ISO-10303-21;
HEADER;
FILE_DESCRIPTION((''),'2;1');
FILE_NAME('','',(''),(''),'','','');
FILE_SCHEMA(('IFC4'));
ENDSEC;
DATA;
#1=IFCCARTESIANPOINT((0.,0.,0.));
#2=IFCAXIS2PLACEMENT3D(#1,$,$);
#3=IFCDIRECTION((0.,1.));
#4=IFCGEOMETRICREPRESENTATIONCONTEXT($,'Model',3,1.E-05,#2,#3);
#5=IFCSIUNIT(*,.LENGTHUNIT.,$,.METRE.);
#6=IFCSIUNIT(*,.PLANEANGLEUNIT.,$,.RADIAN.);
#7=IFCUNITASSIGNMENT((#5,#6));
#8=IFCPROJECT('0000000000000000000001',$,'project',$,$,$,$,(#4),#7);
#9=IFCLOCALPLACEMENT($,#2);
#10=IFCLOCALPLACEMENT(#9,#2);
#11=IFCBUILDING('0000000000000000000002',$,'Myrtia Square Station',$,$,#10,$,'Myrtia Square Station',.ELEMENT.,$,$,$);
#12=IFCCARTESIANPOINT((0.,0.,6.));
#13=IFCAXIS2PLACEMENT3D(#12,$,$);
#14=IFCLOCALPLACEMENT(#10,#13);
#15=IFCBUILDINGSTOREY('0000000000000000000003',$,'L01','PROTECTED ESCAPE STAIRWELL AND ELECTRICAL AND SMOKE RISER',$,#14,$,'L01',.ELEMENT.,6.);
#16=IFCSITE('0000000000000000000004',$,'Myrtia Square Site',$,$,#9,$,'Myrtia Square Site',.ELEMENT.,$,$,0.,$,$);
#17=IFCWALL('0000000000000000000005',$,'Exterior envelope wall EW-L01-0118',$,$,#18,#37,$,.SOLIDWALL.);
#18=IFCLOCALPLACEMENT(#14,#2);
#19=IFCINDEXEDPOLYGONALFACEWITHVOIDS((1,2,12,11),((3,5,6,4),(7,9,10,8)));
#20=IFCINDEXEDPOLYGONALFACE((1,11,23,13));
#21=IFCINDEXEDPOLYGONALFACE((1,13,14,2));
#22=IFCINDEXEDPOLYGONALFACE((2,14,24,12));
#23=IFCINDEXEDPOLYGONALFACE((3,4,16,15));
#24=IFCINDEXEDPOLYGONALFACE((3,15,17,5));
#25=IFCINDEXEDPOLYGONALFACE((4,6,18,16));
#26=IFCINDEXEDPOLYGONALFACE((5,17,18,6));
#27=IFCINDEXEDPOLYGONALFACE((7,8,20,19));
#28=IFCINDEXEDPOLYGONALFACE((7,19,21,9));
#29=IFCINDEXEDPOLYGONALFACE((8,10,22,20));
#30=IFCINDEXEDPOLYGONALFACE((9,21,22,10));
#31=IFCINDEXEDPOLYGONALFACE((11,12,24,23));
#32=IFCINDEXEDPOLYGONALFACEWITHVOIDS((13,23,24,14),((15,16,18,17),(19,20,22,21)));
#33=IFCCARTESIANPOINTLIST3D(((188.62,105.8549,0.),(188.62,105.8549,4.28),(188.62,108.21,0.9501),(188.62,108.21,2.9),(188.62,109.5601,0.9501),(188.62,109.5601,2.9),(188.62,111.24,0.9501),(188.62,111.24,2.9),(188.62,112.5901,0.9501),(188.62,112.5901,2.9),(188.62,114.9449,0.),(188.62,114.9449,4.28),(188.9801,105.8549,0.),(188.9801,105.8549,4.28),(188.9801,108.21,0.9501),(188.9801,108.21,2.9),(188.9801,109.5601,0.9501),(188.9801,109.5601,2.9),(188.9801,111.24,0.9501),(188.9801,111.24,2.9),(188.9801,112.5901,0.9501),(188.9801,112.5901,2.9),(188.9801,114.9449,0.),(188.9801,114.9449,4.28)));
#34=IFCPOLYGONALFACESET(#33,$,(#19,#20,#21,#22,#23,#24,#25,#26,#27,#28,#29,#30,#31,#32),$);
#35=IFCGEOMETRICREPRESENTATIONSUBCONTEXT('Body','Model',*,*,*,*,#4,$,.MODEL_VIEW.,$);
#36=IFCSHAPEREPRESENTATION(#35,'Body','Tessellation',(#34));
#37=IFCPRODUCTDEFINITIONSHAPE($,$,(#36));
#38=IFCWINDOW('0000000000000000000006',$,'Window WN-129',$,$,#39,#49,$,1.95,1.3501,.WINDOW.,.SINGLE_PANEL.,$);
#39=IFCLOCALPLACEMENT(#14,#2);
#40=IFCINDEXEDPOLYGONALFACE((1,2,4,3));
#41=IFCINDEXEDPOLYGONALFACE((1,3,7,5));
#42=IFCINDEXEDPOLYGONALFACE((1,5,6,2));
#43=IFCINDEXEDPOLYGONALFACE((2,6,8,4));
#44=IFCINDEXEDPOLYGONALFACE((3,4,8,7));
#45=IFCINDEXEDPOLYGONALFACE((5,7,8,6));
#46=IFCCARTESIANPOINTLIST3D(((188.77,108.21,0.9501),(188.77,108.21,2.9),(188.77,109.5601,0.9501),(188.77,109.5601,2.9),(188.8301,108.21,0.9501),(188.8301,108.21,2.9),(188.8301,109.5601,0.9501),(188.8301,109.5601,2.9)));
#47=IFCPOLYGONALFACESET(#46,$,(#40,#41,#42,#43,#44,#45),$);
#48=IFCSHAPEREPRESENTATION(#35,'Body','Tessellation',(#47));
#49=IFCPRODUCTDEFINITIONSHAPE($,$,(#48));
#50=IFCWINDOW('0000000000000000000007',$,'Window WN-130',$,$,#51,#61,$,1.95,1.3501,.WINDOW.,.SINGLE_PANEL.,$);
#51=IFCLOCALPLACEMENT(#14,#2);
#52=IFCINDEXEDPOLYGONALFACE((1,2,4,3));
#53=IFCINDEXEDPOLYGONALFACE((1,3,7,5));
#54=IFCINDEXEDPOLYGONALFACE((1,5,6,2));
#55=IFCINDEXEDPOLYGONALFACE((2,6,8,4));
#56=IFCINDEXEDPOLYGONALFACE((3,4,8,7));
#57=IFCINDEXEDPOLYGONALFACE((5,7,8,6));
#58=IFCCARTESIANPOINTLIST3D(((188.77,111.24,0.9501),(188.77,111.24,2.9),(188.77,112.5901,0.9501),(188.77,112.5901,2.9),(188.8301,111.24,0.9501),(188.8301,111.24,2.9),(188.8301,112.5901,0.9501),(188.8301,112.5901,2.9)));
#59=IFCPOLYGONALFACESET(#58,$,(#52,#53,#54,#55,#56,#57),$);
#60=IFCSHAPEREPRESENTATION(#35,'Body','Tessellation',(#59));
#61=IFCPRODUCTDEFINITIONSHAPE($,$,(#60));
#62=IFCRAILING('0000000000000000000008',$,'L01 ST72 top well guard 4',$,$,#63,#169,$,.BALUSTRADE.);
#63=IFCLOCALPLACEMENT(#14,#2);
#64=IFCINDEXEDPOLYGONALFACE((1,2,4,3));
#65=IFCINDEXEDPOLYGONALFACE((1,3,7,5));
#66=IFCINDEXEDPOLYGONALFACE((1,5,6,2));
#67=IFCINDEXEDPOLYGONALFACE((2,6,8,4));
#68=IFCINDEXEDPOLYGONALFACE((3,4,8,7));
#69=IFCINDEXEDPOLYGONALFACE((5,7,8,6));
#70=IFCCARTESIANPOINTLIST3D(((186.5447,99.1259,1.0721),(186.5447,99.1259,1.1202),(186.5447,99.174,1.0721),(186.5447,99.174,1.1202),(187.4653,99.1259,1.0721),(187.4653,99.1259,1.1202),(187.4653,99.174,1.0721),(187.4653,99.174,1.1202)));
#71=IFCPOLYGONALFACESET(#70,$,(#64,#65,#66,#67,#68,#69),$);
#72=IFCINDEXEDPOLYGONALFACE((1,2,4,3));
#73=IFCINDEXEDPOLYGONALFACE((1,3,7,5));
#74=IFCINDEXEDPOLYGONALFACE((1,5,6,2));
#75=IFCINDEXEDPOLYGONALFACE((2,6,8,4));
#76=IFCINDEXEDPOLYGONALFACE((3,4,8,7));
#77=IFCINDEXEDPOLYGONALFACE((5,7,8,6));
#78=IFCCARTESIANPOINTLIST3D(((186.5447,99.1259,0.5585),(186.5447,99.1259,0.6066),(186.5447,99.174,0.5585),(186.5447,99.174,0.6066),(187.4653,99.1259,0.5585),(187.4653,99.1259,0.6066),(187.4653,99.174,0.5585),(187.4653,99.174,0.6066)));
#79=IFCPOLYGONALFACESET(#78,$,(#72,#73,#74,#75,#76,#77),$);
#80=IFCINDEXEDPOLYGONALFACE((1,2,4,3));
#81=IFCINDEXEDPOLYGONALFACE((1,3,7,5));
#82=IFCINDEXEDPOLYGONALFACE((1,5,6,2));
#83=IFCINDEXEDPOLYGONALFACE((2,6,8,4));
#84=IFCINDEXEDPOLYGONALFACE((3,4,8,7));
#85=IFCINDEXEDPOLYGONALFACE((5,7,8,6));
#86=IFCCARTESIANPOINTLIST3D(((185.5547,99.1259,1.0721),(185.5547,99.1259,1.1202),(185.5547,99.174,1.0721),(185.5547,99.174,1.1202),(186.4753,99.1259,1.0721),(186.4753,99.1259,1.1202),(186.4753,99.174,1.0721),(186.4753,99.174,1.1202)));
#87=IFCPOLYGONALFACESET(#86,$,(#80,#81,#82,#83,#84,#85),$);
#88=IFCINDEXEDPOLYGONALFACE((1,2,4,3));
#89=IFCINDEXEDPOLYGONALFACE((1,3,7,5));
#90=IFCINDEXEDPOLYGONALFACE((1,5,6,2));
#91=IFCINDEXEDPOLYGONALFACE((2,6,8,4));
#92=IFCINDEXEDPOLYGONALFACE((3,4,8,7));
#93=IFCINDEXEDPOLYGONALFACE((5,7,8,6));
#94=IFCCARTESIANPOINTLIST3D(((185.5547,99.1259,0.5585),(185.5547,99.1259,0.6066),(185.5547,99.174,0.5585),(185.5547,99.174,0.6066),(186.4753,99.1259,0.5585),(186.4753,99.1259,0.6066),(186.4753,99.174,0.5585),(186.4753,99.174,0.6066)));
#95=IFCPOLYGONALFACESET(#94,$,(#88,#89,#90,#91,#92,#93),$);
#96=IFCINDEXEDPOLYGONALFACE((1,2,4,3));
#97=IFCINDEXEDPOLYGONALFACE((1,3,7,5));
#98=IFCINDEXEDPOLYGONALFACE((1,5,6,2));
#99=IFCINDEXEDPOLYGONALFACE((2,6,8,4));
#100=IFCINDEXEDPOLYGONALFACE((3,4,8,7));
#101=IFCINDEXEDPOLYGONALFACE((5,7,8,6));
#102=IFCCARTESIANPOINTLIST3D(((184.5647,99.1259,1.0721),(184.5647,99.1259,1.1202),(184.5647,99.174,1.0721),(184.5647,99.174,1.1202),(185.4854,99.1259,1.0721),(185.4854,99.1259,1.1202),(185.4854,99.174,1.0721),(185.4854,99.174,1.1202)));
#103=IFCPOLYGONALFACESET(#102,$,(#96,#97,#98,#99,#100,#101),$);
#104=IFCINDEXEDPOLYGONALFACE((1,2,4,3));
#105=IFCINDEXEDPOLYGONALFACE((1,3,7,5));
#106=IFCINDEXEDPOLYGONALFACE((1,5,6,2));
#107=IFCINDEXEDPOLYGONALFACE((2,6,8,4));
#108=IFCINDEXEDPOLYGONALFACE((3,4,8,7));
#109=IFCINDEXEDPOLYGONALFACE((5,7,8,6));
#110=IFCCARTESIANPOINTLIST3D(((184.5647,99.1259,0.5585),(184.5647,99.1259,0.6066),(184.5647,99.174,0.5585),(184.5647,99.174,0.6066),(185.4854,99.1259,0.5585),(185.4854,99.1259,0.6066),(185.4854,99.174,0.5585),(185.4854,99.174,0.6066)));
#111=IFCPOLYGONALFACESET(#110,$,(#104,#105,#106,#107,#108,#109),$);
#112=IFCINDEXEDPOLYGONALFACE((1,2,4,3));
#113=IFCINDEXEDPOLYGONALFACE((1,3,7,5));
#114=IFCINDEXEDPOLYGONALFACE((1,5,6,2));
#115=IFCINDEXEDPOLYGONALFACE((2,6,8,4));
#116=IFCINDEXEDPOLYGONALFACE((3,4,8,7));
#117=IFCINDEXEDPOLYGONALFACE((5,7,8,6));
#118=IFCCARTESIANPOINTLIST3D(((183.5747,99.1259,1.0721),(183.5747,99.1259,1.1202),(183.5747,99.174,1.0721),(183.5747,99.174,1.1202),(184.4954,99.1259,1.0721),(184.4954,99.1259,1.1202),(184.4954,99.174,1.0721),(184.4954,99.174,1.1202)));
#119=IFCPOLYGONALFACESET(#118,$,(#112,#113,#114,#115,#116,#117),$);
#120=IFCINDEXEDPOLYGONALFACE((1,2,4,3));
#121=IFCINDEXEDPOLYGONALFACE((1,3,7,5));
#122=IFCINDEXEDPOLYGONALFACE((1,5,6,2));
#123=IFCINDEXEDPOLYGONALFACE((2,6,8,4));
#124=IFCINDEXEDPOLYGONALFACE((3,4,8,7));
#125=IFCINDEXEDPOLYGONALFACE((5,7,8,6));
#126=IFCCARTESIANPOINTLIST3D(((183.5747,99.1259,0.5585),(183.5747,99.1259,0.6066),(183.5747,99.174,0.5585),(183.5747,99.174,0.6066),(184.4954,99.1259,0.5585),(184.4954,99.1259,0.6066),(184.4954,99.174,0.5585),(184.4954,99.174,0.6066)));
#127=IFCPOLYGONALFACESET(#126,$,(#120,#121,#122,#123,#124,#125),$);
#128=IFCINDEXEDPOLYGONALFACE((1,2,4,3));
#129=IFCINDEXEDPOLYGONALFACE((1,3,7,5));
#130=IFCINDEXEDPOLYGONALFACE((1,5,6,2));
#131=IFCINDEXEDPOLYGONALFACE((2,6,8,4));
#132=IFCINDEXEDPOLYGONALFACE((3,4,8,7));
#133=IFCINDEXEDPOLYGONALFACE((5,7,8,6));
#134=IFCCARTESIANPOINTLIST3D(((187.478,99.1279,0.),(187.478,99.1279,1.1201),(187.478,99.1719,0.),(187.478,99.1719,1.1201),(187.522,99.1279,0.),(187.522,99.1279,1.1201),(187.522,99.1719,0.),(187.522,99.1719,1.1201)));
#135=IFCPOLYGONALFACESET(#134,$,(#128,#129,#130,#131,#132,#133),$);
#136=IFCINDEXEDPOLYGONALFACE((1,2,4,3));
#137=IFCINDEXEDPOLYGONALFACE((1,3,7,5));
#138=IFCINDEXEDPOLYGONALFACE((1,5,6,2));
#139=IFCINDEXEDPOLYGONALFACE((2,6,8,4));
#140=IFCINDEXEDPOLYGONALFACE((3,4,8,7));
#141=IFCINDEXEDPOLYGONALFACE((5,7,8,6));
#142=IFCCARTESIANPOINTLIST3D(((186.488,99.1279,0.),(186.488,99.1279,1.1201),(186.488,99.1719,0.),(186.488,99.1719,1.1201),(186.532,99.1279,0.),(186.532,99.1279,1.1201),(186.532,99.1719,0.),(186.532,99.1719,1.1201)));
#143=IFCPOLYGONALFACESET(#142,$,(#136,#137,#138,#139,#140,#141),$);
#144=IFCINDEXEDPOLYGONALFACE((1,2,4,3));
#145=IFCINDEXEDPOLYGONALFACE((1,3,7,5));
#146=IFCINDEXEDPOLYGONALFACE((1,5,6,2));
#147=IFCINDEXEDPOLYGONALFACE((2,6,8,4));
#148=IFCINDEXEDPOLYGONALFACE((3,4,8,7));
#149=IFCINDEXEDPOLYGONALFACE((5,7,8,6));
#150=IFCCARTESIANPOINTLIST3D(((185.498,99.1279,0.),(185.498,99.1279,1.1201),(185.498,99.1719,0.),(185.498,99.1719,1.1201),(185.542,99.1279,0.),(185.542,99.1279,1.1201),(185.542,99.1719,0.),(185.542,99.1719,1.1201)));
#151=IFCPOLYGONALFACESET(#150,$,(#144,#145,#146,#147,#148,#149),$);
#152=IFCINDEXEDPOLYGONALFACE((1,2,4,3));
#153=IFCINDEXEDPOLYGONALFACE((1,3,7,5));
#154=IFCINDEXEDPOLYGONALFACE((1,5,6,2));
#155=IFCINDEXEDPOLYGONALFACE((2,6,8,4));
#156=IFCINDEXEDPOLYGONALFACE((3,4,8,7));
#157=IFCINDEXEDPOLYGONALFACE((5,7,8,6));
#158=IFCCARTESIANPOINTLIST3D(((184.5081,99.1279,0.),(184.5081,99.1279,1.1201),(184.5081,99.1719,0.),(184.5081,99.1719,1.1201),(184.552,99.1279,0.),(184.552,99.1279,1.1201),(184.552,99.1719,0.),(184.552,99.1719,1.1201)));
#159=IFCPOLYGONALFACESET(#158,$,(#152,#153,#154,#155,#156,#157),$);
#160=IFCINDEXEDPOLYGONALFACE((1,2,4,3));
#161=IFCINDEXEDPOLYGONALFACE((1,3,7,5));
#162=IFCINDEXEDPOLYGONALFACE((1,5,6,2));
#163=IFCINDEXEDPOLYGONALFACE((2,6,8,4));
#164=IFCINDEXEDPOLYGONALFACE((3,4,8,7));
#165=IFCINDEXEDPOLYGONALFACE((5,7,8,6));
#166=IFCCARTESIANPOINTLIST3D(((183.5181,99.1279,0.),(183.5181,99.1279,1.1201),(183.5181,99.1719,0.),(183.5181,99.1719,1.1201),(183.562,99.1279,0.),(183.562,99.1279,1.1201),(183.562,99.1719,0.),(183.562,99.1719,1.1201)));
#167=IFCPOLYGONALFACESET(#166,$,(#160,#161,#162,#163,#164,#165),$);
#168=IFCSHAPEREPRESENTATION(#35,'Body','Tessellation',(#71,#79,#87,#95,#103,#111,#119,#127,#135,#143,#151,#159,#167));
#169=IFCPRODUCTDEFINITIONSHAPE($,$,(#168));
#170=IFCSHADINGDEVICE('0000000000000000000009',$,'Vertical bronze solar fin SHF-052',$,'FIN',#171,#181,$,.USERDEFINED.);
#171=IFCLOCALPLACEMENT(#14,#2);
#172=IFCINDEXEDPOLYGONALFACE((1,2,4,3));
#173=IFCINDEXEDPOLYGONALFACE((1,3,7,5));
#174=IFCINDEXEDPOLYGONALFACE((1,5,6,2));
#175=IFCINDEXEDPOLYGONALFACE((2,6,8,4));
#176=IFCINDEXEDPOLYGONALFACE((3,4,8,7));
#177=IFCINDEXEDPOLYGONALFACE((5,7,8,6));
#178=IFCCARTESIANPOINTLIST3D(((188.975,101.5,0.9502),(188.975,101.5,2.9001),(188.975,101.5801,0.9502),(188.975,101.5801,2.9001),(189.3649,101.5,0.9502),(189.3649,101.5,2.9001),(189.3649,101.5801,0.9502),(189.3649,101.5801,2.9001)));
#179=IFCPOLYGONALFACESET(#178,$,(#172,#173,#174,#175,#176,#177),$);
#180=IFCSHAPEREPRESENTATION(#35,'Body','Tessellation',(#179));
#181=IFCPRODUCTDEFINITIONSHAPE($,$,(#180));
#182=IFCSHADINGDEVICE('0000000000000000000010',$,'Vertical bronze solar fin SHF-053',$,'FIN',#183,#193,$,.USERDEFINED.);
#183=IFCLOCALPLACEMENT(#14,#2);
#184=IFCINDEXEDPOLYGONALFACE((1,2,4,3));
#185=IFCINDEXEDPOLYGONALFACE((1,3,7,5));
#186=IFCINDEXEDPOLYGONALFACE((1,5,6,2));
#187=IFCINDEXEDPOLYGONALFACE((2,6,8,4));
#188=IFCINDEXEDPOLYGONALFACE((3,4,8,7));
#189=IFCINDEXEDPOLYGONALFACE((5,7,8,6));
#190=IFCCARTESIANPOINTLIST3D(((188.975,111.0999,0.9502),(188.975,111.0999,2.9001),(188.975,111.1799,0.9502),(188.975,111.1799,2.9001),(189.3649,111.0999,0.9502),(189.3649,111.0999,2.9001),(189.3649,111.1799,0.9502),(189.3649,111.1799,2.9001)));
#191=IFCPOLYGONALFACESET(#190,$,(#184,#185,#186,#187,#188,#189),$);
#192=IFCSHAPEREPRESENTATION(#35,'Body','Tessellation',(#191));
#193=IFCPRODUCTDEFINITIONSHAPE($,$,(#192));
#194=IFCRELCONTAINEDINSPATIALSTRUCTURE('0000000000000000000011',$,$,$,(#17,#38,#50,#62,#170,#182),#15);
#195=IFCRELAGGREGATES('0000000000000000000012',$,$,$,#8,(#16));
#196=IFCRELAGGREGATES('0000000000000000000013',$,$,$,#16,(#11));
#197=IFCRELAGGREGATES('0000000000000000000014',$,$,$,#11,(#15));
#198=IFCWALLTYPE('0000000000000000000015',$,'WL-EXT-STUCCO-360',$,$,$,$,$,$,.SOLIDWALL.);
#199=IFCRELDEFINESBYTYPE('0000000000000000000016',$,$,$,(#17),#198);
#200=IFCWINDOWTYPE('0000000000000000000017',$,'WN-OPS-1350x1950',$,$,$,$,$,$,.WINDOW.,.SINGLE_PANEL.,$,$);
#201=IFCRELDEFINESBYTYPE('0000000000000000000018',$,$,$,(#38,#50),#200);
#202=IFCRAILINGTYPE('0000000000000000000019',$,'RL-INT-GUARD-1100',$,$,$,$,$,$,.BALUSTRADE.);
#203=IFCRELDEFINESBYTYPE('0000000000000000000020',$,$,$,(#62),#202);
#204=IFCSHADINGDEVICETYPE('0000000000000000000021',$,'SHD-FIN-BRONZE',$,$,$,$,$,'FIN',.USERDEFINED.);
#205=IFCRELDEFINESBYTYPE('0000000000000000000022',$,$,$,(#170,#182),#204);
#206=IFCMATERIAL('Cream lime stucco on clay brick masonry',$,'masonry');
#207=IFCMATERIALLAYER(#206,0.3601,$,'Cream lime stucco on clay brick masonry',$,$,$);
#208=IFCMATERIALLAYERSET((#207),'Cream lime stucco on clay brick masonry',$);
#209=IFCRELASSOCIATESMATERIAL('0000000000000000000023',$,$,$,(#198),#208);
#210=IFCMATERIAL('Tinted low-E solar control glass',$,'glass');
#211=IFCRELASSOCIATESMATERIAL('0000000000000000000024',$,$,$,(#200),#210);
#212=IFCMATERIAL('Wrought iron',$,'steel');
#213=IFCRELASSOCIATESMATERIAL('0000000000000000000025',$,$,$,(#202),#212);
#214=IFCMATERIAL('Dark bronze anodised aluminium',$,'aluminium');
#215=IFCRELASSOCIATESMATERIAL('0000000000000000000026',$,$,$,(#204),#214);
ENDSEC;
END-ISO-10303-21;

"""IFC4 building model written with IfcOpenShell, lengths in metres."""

from ifc_helpers import new_model, si_unit, direction, frame, frame_2d, origin, origin_2d, place, context, subcontext, project, spatial, rectangle, extrude, material, layer, layer_set, type_object, element, fill, save


model = new_model("IFC4")

# Units and contexts
model_context = context("Model", 3, precision=1e-05, world=origin(), true_north=direction((0.0, 1.0)))
body_context = subcontext(model_context, "Body", "Model", "MODEL_VIEW")
ifc_project = project(units=[si_unit("LENGTHUNIT", "METRE"), si_unit("PLANEANGLEUNIT", "RADIAN")], contexts=[model_context])

# Site, building, storey
site_placement = place(None, origin())
site = spatial("IfcSite", under=ifc_project, at=site_placement, Name="Myrtia Square Site", LongName="Myrtia Square Site", CompositionType="ELEMENT", RefElevation=0.0)
building_placement = place(site_placement, origin())
building = spatial("IfcBuilding", under=site, at=building_placement, Name="Myrtia Square Station", LongName="Myrtia Square Station", CompositionType="ELEMENT")
storey_placement = place(building_placement, frame((0.0, 0.0, 6.0)))
storey = spatial("IfcBuildingStorey", under=building, at=storey_placement, Name="L01", Description="PROTECTED ESCAPE STAIRWELL AND ELECTRICAL AND SMOKE RISER", LongName="L01", CompositionType="ELEMENT", Elevation=6.0)

# Wall, openings, windows
ifc_material_1 = material(Name="Cream lime stucco on clay brick masonry", Category="masonry")
ifc_layer_1 = layer(ifc_material_1, 0.3601, Name="Cream lime stucco on clay brick masonry")
ifc_layer_set_1 = layer_set([ifc_layer_1], Name="Cream lime stucco on clay brick masonry")
wall_type = type_object("IfcWallType", Name="WL-EXT-STUCCO-360", PredefinedType="SOLIDWALL", material=ifc_layer_set_1)
ifc_material_2 = material(Name="Tinted low-E solar control glass", Category="glass")
window_type = type_object("IfcWindowType", Name="WN-OPS-1350x1950", PartitioningType="SINGLE_PANEL", PredefinedType="WINDOW", material=ifc_material_2)
wall_1_placement = place(storey_placement, frame((188.8, 105.855, 0.0), z_axis=(0.0, 0.0, 1.0), x_axis=(0.0, 1.0, 0.0)))
wall_1 = element("IfcWall", 1, at=wall_1_placement, inside=storey, type_object=wall_type, Name="Exterior envelope wall EW-L01-0118", PredefinedType="SOLIDWALL", context=body_context, shape_type="SweptSolid", body=[
    extrude(rectangle(XDim=9.0901, YDim=0.3601, at=frame_2d((4.5449, 0.0))), origin(), (0.0, 0.0, 1.0), 4.28),
])
opening_1_placement = place(wall_1_placement, frame((2.355, 0.0, 0.95)))
opening_1 = element("IfcOpeningElement", 2, at=opening_1_placement, cuts=wall_1, PredefinedType="OPENING", context=body_context, shape_type="SweptSolid", body=[
    extrude(rectangle(XDim=1.3501, YDim=1.95, at=frame_2d((0.675, 0.9751))), frame((0.0, 0.1951, 0.0), z_axis=(0.0, -1.0, 0.0), x_axis=(1.0, 0.0, 0.0)), (0.0, 0.0, 1.0), 0.3901),
])
opening_2_placement = place(wall_1_placement, frame((5.385, 0.0, 0.95)))
opening_2 = element("IfcOpeningElement", 3, at=opening_2_placement, cuts=wall_1, PredefinedType="OPENING", context=body_context, shape_type="SweptSolid", body=[
    extrude(rectangle(XDim=1.3501, YDim=1.95, at=frame_2d((0.675, 0.9751))), frame((0.0, 0.1951, 0.0), z_axis=(0.0, -1.0, 0.0), x_axis=(1.0, 0.0, 0.0)), (0.0, 0.0, 1.0), 0.3901),
])
window_1_placement = place(opening_1_placement, origin())
window_1 = element("IfcWindow", 4, at=window_1_placement, inside=storey, type_object=window_type, Name="Window WN-129", OverallHeight=1.95, OverallWidth=1.3501, PartitioningType="SINGLE_PANEL", PredefinedType="WINDOW", context=body_context, shape_type="SweptSolid", body=[
    extrude(rectangle(XDim=1.3501, YDim=1.95, at=frame_2d((0.675, 0.9751))), frame((0.0, 0.03, 0.0), z_axis=(0.0, -1.0, 0.0), x_axis=(1.0, 0.0, 0.0)), (0.0, 0.0, 1.0), 0.0601),
])
fill(opening_1, window_1)
window_2_placement = place(opening_2_placement, origin())
window_2 = element("IfcWindow", 5, at=window_2_placement, inside=storey, type_object=window_type, Name="Window WN-130", OverallHeight=1.95, OverallWidth=1.3501, PartitioningType="SINGLE_PANEL", PredefinedType="WINDOW", context=body_context, shape_type="SweptSolid", body=[
    extrude(rectangle(XDim=1.3501, YDim=1.95, at=frame_2d((0.675, 0.9751))), frame((0.0, 0.03, 0.0), z_axis=(0.0, -1.0, 0.0), x_axis=(1.0, 0.0, 0.0)), (0.0, 0.0, 1.0), 0.0601),
])
fill(opening_2, window_2)

# Railing
ifc_material_3 = material(Name="Wrought iron", Category="steel")
railing_type = type_object("IfcRailingType", Name="RL-INT-GUARD-1100", PredefinedType="BALUSTRADE", material=ifc_material_3)
railing_placement = place(storey_placement, frame((187.5, 99.1499, 0.0)))
element("IfcRailing", 6, at=railing_placement, inside=storey, type_object=railing_type, Name="L01 ST72 top well guard 4", PredefinedType="BALUSTRADE", context=body_context, shape_type="SweptSolid", body=[
    extrude(rectangle(XDim=0.0481, YDim=0.0481, at=origin_2d()), frame((-0.0347, 0.0, 1.0962), z_axis=(-1.0, 0.0, 0.0), x_axis=(0.0, -1.0, 0.0)), (0.0, 0.0, 1.0), 0.9207),
    extrude(rectangle(XDim=0.0481, YDim=0.0481, at=origin_2d()), frame((-0.0347, 0.0, 0.5825), z_axis=(-1.0, 0.0, 0.0), x_axis=(0.0, -1.0, 0.0)), (0.0, 0.0, 1.0), 0.9207),
    extrude(rectangle(XDim=0.0481, YDim=0.0481, at=origin_2d()), frame((-1.0247, 0.0, 1.0962), z_axis=(-1.0, 0.0, 0.0), x_axis=(0.0, -1.0, 0.0)), (0.0, 0.0, 1.0), 0.9207),
    extrude(rectangle(XDim=0.0481, YDim=0.0481, at=origin_2d()), frame((-1.0247, 0.0, 0.5825), z_axis=(-1.0, 0.0, 0.0), x_axis=(0.0, -1.0, 0.0)), (0.0, 0.0, 1.0), 0.9207),
    extrude(rectangle(XDim=0.0481, YDim=0.0481, at=origin_2d()), frame((-2.0146, 0.0, 1.0962), z_axis=(-1.0, 0.0, 0.0), x_axis=(0.0, -1.0, 0.0)), (0.0, 0.0, 1.0), 0.9207),
    extrude(rectangle(XDim=0.0481, YDim=0.0481, at=origin_2d()), frame((-2.0146, 0.0, 0.5825), z_axis=(-1.0, 0.0, 0.0), x_axis=(0.0, -1.0, 0.0)), (0.0, 0.0, 1.0), 0.9207),
    extrude(rectangle(XDim=0.0481, YDim=0.0481, at=origin_2d()), frame((-3.0046, 0.0, 1.0962), z_axis=(-1.0, 0.0, 0.0), x_axis=(0.0, -1.0, 0.0)), (0.0, 0.0, 1.0), 0.9207),
    extrude(rectangle(XDim=0.0481, YDim=0.0481, at=origin_2d()), frame((-3.0046, 0.0, 0.5825), z_axis=(-1.0, 0.0, 0.0), x_axis=(0.0, -1.0, 0.0)), (0.0, 0.0, 1.0), 0.9207),
    extrude(rectangle(XDim=0.0439, YDim=0.0439, at=origin_2d()), origin(), (0.0, 0.0, 1.0), 1.1201),
    extrude(rectangle(XDim=0.0439, YDim=0.0439, at=origin_2d()), frame((-0.99, 0.0, 0.0)), (0.0, 0.0, 1.0), 1.1201),
    extrude(rectangle(XDim=0.0439, YDim=0.0439, at=origin_2d()), frame((-1.98, 0.0, 0.0)), (0.0, 0.0, 1.0), 1.1201),
    extrude(rectangle(XDim=0.0439, YDim=0.0439, at=origin_2d()), frame((-2.97, 0.0, 0.0)), (0.0, 0.0, 1.0), 1.1201),
    extrude(rectangle(XDim=0.0439, YDim=0.0439, at=origin_2d()), frame((-3.96, 0.0, 0.0)), (0.0, 0.0, 1.0), 1.1201),
])

# Shading devices
ifc_material_4 = material(Name="Dark bronze anodised aluminium", Category="aluminium")
shading_device_type_1 = type_object("IfcShadingDeviceType", Name="SHD-FIN-BRONZE", ElementType="FIN", PredefinedType="USERDEFINED", material=ifc_material_4)
for number, where, z_axis, x_axis, name in (
    (7, (189.1699, 101.54, 0.9502), (0.0, 0.0, 1.0), (0.0, 1.0, 0.0), "Vertical bronze solar fin SHF-052"),
    (8, (189.1699, 111.1399, 0.9502), (0.0, 0.0, 1.0), (0.0, 1.0, 0.0), "Vertical bronze solar fin SHF-053"),
):
    element("IfcShadingDevice", number, at=place(storey_placement, frame(where, z_axis=z_axis, x_axis=x_axis)), inside=storey, type_object=shading_device_type_1, Name=name, ObjectType="FIN", PredefinedType="USERDEFINED", context=body_context, shape_type="SweptSolid", body=[
        extrude(rectangle(XDim=0.0801, YDim=0.3899, at=origin_2d()), origin(), (0.0, 0.0, 1.0), 1.95),
    ])

save(model, "model.ifc")
